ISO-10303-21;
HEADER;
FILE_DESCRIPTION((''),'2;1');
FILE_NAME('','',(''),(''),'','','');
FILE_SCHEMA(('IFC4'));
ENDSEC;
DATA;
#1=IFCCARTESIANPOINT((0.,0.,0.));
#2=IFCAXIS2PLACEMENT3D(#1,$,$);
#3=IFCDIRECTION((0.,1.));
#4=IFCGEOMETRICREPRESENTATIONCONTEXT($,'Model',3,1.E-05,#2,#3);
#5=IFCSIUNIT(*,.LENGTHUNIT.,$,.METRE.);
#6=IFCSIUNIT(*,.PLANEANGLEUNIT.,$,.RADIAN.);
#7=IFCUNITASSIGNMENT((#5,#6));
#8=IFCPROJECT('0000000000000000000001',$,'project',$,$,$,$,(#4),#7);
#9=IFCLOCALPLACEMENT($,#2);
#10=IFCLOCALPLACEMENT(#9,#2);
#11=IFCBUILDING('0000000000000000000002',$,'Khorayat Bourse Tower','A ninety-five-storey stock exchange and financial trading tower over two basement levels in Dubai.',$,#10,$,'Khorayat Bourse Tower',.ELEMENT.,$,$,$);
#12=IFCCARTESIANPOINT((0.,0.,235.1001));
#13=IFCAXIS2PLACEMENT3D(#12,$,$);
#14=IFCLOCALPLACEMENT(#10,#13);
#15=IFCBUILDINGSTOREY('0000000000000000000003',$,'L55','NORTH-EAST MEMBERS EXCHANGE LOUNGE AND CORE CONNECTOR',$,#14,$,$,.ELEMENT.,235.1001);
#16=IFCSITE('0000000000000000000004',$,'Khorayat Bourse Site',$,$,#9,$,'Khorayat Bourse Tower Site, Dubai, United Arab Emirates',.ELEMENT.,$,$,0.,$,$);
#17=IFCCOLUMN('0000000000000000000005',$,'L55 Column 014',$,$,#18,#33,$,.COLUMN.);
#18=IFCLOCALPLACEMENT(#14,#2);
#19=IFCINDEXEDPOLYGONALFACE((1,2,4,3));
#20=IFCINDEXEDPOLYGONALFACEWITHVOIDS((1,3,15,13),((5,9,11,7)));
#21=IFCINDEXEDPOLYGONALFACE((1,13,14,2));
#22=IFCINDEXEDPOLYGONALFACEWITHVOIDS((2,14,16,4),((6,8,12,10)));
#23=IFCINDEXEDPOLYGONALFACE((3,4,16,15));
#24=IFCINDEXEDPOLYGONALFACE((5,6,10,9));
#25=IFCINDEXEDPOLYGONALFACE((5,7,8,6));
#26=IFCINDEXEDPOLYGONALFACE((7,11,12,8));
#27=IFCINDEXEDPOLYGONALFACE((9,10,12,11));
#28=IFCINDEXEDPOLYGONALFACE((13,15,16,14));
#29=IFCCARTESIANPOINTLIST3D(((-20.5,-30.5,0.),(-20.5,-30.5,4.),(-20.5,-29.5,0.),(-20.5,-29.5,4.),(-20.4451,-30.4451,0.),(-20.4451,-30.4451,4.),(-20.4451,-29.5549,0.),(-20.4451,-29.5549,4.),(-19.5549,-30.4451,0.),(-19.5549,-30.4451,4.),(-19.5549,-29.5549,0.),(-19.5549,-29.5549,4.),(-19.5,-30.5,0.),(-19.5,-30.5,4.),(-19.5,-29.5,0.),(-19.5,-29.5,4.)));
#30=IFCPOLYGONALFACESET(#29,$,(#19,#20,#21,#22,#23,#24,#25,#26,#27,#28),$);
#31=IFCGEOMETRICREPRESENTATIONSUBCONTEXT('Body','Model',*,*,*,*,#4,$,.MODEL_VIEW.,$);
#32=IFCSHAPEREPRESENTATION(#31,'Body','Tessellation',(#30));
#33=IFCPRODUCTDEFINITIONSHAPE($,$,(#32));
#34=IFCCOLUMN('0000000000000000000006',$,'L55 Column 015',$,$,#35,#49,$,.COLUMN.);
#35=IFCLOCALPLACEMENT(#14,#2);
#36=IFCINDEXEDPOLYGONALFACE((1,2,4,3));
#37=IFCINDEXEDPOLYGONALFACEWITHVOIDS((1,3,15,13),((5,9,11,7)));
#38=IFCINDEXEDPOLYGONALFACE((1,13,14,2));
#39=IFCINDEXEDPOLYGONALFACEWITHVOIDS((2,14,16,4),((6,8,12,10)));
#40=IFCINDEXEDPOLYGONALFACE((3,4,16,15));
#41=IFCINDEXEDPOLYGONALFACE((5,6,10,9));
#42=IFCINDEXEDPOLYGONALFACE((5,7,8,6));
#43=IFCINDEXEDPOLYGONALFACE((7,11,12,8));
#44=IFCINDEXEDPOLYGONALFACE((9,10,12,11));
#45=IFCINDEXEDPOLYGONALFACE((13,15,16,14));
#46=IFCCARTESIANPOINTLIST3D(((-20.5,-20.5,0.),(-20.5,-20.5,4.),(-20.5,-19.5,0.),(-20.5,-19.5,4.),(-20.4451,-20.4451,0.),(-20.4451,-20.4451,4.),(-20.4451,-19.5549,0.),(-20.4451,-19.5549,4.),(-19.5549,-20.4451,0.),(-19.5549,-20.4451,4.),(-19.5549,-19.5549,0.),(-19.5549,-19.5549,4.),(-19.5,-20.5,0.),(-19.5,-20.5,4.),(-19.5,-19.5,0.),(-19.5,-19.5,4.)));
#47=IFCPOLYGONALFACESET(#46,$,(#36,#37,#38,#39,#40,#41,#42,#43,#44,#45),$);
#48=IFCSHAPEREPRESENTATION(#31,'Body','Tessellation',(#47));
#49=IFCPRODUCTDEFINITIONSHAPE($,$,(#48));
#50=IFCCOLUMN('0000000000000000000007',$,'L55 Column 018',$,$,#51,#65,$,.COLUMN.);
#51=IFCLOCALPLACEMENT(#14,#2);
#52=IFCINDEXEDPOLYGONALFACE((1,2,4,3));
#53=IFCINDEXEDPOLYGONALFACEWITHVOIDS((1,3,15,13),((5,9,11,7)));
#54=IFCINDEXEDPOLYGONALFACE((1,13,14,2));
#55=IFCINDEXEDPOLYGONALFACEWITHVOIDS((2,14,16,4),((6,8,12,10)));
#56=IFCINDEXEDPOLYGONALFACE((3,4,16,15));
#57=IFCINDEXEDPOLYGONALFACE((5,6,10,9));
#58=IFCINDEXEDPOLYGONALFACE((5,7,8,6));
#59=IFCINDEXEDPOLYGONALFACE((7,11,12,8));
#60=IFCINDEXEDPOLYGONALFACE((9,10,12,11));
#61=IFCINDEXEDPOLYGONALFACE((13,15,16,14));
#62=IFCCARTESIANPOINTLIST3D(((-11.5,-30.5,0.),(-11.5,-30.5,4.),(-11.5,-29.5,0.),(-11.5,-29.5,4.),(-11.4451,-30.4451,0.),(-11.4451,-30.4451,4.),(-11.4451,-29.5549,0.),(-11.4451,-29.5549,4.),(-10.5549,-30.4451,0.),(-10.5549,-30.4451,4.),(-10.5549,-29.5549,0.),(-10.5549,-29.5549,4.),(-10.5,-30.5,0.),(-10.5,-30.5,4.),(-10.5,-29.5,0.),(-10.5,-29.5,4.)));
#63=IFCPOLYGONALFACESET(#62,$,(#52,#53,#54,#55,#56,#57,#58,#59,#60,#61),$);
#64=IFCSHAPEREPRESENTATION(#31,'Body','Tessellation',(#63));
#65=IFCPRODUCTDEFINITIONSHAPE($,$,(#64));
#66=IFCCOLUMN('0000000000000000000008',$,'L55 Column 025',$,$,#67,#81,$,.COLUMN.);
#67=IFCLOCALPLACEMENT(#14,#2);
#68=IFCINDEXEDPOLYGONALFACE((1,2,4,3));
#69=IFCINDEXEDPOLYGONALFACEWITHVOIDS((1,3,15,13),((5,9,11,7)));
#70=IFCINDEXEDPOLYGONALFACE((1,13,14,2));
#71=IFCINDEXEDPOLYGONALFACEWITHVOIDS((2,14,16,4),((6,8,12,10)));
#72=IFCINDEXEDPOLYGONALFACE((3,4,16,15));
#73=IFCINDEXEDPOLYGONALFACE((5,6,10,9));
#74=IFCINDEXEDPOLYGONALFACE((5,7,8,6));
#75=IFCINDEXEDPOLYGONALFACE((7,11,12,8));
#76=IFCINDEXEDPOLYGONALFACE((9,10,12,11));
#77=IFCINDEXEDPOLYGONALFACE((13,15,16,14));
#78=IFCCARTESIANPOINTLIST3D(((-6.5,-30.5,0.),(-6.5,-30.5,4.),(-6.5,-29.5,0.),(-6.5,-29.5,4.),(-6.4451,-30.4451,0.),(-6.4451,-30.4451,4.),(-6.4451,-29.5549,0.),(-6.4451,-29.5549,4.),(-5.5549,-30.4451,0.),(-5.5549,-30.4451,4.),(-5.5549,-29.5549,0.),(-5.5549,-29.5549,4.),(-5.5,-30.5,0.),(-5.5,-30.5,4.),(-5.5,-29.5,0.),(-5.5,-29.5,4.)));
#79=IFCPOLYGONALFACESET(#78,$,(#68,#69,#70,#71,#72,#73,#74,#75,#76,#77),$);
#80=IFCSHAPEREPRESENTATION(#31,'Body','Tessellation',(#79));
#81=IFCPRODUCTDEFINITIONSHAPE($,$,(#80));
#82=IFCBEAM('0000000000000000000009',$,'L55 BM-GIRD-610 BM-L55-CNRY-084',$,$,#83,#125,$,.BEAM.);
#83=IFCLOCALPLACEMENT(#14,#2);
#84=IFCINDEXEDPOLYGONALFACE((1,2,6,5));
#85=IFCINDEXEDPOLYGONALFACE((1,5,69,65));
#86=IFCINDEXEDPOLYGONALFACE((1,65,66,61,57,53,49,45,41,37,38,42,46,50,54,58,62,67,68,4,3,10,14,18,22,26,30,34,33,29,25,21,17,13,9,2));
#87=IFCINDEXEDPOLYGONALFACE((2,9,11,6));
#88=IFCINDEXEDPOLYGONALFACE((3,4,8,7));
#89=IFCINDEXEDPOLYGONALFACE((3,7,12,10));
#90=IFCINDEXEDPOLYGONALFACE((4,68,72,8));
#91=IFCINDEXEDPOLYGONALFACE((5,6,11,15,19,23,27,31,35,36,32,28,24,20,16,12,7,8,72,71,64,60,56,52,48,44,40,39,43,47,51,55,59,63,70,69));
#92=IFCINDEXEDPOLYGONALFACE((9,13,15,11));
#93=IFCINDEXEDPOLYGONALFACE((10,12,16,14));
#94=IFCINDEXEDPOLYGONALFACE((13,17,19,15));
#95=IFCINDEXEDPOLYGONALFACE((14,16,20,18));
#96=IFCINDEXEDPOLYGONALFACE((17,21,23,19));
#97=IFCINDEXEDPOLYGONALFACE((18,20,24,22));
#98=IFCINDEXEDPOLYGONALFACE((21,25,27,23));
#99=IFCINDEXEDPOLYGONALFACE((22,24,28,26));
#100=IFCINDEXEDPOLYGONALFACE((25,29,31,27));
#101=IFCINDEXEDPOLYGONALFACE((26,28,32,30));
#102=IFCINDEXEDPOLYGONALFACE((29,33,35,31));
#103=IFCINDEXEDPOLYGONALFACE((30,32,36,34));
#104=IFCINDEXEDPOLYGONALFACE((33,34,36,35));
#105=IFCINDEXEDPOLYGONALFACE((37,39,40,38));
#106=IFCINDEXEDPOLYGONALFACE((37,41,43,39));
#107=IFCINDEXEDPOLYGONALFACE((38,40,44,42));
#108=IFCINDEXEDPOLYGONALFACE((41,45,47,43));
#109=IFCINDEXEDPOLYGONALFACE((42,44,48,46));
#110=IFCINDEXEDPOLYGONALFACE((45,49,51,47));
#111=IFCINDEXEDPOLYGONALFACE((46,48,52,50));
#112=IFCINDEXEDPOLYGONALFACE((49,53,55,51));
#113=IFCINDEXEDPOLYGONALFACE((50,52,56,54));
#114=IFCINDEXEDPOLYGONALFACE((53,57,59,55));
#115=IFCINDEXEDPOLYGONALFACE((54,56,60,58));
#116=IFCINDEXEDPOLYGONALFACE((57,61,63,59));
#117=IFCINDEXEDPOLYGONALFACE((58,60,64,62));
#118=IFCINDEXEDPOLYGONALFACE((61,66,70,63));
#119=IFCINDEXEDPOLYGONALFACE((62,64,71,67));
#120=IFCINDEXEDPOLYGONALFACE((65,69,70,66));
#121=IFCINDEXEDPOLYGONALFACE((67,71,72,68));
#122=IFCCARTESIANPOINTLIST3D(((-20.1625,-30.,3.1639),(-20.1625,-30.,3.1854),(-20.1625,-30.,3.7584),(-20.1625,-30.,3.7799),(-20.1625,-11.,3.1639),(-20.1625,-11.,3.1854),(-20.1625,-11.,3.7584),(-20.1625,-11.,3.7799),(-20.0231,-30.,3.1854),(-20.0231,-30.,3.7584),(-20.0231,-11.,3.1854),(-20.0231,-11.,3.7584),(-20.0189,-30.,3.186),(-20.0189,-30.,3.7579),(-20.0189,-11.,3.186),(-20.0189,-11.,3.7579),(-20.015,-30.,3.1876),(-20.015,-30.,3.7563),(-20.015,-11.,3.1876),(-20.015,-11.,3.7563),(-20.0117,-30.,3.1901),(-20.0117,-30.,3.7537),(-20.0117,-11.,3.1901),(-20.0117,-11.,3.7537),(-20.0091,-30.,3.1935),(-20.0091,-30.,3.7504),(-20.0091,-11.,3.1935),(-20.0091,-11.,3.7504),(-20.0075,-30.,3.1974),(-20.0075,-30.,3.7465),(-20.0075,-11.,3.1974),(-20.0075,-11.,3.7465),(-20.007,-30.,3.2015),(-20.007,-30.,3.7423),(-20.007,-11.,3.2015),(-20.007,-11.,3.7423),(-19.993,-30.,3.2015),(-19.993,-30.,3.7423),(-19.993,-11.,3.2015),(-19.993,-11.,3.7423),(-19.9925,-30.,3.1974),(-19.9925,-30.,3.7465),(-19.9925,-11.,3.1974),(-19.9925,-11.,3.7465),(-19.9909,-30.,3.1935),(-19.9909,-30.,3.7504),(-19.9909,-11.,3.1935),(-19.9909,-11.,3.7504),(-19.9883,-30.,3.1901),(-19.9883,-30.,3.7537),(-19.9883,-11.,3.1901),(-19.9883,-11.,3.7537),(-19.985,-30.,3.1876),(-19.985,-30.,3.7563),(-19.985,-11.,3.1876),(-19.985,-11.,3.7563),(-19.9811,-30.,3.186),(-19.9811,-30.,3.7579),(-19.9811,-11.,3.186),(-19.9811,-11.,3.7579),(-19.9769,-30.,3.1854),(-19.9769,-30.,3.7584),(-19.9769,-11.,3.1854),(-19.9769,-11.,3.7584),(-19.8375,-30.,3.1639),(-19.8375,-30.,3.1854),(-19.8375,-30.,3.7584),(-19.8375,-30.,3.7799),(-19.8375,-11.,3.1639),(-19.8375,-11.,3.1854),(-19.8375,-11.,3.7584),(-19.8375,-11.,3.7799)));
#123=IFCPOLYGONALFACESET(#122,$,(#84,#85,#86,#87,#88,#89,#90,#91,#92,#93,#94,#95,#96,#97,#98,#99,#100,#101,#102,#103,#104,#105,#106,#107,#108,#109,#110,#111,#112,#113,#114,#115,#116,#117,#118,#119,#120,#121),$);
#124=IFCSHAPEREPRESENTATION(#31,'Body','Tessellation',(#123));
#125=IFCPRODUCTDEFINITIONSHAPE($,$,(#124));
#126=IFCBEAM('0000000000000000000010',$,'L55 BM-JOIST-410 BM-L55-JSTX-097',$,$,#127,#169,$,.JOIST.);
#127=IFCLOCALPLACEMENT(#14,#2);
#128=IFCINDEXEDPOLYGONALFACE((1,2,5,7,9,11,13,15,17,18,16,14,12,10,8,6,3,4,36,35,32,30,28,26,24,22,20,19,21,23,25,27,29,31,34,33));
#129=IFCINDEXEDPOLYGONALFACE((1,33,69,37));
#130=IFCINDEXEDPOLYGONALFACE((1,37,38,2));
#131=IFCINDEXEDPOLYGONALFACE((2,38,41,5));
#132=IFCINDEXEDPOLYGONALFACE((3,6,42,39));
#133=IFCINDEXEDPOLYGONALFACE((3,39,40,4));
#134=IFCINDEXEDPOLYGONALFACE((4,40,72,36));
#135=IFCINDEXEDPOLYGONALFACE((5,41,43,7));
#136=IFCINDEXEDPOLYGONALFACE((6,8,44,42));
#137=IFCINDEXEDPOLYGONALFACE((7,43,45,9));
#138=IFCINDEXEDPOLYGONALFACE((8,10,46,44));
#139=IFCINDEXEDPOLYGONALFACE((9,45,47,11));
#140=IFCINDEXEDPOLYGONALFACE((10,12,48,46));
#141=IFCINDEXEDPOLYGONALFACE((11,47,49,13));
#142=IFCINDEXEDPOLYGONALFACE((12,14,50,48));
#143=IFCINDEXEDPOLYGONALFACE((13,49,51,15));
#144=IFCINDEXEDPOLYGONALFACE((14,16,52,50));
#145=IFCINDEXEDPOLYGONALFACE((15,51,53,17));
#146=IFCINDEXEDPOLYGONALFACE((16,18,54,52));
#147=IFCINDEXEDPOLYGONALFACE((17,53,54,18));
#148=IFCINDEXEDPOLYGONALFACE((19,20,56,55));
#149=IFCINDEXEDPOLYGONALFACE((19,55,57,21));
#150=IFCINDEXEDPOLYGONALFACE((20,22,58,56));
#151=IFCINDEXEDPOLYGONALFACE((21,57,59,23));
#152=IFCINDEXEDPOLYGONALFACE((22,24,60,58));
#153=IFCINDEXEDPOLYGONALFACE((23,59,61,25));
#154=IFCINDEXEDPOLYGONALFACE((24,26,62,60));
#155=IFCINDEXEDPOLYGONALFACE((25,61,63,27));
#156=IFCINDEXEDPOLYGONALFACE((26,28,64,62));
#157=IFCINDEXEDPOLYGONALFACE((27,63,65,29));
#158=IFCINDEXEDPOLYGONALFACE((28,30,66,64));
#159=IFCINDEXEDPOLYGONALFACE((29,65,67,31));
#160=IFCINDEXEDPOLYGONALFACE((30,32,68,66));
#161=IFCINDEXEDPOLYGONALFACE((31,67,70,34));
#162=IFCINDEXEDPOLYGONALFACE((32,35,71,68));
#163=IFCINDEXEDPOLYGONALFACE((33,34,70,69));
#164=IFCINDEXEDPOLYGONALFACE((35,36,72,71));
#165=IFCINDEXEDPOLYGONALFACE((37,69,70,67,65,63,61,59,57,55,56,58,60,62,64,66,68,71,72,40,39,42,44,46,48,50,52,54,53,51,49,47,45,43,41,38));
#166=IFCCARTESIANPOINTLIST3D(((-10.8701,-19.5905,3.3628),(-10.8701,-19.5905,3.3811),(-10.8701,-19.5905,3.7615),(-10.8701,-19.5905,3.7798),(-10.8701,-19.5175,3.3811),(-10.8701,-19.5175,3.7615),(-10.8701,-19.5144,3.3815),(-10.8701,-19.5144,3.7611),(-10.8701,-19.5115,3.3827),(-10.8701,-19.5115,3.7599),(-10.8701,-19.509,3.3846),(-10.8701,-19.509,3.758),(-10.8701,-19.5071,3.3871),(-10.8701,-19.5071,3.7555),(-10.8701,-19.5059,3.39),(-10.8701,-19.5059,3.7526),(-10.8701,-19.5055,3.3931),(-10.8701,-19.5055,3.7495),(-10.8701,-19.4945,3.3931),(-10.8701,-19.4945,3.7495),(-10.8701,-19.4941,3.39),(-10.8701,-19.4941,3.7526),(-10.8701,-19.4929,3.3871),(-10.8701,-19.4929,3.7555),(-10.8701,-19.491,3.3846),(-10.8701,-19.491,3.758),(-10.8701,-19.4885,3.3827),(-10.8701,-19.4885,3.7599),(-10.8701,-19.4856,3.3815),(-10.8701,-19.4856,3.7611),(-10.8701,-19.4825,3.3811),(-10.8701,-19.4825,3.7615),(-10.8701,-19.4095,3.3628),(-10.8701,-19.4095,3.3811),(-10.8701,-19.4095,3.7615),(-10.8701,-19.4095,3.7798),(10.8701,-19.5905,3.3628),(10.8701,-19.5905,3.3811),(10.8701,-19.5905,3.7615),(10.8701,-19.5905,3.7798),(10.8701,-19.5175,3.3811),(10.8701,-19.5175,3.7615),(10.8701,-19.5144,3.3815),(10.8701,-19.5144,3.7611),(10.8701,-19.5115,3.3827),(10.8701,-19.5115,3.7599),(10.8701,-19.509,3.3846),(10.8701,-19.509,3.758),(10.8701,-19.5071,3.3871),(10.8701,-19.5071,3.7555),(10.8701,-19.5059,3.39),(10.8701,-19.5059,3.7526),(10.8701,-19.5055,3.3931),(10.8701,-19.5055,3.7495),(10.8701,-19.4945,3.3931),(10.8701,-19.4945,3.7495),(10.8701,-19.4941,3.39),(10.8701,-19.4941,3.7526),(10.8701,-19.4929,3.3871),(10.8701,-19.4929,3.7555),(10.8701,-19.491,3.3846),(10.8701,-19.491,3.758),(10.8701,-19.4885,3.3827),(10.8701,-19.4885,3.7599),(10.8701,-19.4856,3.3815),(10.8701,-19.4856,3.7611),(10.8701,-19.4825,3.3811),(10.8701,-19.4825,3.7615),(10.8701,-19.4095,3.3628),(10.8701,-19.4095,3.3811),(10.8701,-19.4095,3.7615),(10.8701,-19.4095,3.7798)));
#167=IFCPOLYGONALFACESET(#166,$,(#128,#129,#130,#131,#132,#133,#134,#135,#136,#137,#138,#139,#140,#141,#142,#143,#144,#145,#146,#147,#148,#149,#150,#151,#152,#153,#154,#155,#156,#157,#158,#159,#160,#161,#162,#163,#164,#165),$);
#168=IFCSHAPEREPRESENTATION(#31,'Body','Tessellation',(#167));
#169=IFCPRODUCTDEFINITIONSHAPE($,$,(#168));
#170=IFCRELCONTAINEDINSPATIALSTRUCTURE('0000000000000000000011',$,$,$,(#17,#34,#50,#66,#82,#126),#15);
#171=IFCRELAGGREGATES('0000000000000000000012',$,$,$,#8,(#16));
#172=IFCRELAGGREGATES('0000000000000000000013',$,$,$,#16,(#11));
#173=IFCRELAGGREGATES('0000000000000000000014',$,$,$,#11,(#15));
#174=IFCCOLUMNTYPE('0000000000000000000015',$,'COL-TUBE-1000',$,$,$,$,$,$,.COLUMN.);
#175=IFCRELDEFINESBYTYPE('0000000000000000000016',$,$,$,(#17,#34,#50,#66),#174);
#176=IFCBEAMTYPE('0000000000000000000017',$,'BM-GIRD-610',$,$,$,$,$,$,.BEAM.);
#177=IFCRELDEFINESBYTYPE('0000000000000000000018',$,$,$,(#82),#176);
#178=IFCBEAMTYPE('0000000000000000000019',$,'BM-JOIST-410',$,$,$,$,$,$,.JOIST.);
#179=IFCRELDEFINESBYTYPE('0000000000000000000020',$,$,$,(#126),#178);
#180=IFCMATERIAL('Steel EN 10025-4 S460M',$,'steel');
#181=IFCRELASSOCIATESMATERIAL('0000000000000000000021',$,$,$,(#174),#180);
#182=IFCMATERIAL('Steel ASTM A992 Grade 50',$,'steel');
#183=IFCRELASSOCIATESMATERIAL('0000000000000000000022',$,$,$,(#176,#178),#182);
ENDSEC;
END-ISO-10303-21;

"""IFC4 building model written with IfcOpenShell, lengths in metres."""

from ifc_helpers import new_model, si_unit, direction, frame, origin, origin_2d, place, context, subcontext, project, spatial, hollow_rectangle, i_section, extrude, source, transform, mapped, material, material_profile, profile_set, type_object, element, save


model = new_model("IFC4")

# Units and contexts
model_context = context("Model", 3, precision=1e-05, world=origin(), true_north=direction((0.0, 1.0)))
body_context = subcontext(model_context, "Body", "Model", "MODEL_VIEW")
ifc_project = project(units=[si_unit("LENGTHUNIT", "METRE"), si_unit("PLANEANGLEUNIT", "RADIAN")], contexts=[model_context])

# Site, building, storey
site_placement = place(None, origin())
site = spatial("IfcSite", under=ifc_project, at=site_placement, Name="Khorayat Bourse Site", LongName="Khorayat Bourse Tower Site, Dubai, United Arab Emirates", CompositionType="ELEMENT", RefElevation=0.0)
building_placement = place(site_placement, origin())
building = spatial("IfcBuilding", under=site, at=building_placement, Name="Khorayat Bourse Tower", Description="A ninety-five-storey stock exchange and financial trading tower over two basement levels in Dubai.", LongName="Khorayat Bourse Tower", CompositionType="ELEMENT")
storey_placement = place(building_placement, frame((0.0, 0.0, 235.1001)))
storey = spatial("IfcBuildingStorey", under=building, at=storey_placement, Name="L55", Description="NORTH-EAST MEMBERS EXCHANGE LOUNGE AND CORE CONNECTOR", CompositionType="ELEMENT", Elevation=235.1001)

# Columns
ifc_material_1 = material(Name="Steel EN 10025-4 S460M", Category="steel")
ifc_material_profile_1 = material_profile(ifc_material_1, hollow_rectangle(XDim=1.0, YDim=1.0, WallThickness=0.0549, at=origin_2d()), Name="BOX 1000x1000x55")
ifc_profile_set_1 = profile_set([ifc_material_profile_1], Name="Steel EN 10025-4 S460M")
column_type = type_object("IfcColumnType", Name="COL-TUBE-1000", PredefinedType="COLUMN", material=ifc_profile_set_1)
shared_shape_1 = source(origin(), body_context, "Body", "SweptSolid", [
    extrude(hollow_rectangle(XDim=1.0, YDim=1.0, WallThickness=0.0549, at=origin_2d()), origin(), (0.0, 0.0, 1.0), 4.0),
])
for number, where, z_axis, x_axis, name in (
    (1, (-20.0, -30.0, 0.0), (0.0, 0.0, 1.0), (1.0, 0.0, 0.0), "L55 Column 014"),
    (2, (-20.0, -20.0, 0.0), (0.0, 0.0, 1.0), (1.0, 0.0, 0.0), "L55 Column 015"),
    (3, (-11.0, -30.0, 0.0), (0.0, 0.0, 1.0), (1.0, 0.0, 0.0), "L55 Column 018"),
    (4, (-6.0, -30.0, 0.0), (0.0, 0.0, 1.0), (1.0, 0.0, 0.0), "L55 Column 025"),
):
    element("IfcColumn", number, at=place(storey_placement, frame(where, z_axis=z_axis, x_axis=x_axis)), inside=storey, type_object=column_type, Name=name, PredefinedType="COLUMN", context=body_context, shape_type="MappedRepresentation", body=[
        mapped(shared_shape_1, transform((0.0, 0.0, 0.0), scale=1.0)),
    ])

# Beams
ifc_material_2 = material(Name="Steel ASTM A992 Grade 50", Category="steel")
ifc_material_profile_2 = material_profile(ifc_material_2, i_section(OverallWidth=0.325, OverallDepth=0.616, WebThickness=0.0139, FlangeThickness=0.0215, FilletRadius=0.0161, at=origin_2d()), Name="W610X174")
ifc_profile_set_2 = profile_set([ifc_material_profile_2], Name="Steel ASTM A992 Grade 50")
beam_type_1 = type_object("IfcBeamType", Name="BM-GIRD-610", PredefinedType="BEAM", material=ifc_profile_set_2)
shared_shape_2 = source(origin(), body_context, "Body", "SweptSolid", [
    extrude(i_section(OverallWidth=0.325, OverallDepth=0.616, WebThickness=0.0139, FlangeThickness=0.0215, FilletRadius=0.0161, at=origin_2d()), origin(), (0.0, 0.0, 1.0), 19.0),
])
beam_1_placement = place(storey_placement, frame((-20.0, -30.0, 3.4719), z_axis=(0.0, 1.0, 0.0), x_axis=(-1.0, 0.0, 0.0)))
element("IfcBeam", 5, at=beam_1_placement, inside=storey, type_object=beam_type_1, Name="L55 BM-GIRD-610 BM-L55-CNRY-084", PredefinedType="BEAM", context=body_context, shape_type="MappedRepresentation", body=[
    mapped(shared_shape_2, transform((0.0, 0.0, 0.0), scale=1.0)),
])
ifc_material_profile_3 = material_profile(ifc_material_2, i_section(OverallWidth=0.1809, OverallDepth=0.417, WebThickness=0.011, FlangeThickness=0.0183, FilletRadius=0.012, at=origin_2d()), Name="W410X85")
ifc_profile_set_3 = profile_set([ifc_material_profile_3], Name="Steel ASTM A992 Grade 50")
beam_type_2 = type_object("IfcBeamType", Name="BM-JOIST-410", PredefinedType="JOIST", material=ifc_profile_set_3)
shared_shape_3 = source(origin(), body_context, "Body", "SweptSolid", [
    extrude(i_section(OverallWidth=0.1809, OverallDepth=0.417, WebThickness=0.011, FlangeThickness=0.0183, FilletRadius=0.012, at=origin_2d()), origin(), (0.0, 0.0, 1.0), 21.7402),
])
beam_2_placement = place(storey_placement, frame((-10.8701, -19.5, 3.5713), z_axis=(1.0, 0.0, 0.0), x_axis=(0.0, 1.0, 0.0)))
element("IfcBeam", 6, at=beam_2_placement, inside=storey, type_object=beam_type_2, Name="L55 BM-JOIST-410 BM-L55-JSTX-097", PredefinedType="JOIST", context=body_context, shape_type="MappedRepresentation", body=[
    mapped(shared_shape_3, transform((0.0, 0.0, 0.0), scale=1.0)),
])

save(model, "model.ifc")
